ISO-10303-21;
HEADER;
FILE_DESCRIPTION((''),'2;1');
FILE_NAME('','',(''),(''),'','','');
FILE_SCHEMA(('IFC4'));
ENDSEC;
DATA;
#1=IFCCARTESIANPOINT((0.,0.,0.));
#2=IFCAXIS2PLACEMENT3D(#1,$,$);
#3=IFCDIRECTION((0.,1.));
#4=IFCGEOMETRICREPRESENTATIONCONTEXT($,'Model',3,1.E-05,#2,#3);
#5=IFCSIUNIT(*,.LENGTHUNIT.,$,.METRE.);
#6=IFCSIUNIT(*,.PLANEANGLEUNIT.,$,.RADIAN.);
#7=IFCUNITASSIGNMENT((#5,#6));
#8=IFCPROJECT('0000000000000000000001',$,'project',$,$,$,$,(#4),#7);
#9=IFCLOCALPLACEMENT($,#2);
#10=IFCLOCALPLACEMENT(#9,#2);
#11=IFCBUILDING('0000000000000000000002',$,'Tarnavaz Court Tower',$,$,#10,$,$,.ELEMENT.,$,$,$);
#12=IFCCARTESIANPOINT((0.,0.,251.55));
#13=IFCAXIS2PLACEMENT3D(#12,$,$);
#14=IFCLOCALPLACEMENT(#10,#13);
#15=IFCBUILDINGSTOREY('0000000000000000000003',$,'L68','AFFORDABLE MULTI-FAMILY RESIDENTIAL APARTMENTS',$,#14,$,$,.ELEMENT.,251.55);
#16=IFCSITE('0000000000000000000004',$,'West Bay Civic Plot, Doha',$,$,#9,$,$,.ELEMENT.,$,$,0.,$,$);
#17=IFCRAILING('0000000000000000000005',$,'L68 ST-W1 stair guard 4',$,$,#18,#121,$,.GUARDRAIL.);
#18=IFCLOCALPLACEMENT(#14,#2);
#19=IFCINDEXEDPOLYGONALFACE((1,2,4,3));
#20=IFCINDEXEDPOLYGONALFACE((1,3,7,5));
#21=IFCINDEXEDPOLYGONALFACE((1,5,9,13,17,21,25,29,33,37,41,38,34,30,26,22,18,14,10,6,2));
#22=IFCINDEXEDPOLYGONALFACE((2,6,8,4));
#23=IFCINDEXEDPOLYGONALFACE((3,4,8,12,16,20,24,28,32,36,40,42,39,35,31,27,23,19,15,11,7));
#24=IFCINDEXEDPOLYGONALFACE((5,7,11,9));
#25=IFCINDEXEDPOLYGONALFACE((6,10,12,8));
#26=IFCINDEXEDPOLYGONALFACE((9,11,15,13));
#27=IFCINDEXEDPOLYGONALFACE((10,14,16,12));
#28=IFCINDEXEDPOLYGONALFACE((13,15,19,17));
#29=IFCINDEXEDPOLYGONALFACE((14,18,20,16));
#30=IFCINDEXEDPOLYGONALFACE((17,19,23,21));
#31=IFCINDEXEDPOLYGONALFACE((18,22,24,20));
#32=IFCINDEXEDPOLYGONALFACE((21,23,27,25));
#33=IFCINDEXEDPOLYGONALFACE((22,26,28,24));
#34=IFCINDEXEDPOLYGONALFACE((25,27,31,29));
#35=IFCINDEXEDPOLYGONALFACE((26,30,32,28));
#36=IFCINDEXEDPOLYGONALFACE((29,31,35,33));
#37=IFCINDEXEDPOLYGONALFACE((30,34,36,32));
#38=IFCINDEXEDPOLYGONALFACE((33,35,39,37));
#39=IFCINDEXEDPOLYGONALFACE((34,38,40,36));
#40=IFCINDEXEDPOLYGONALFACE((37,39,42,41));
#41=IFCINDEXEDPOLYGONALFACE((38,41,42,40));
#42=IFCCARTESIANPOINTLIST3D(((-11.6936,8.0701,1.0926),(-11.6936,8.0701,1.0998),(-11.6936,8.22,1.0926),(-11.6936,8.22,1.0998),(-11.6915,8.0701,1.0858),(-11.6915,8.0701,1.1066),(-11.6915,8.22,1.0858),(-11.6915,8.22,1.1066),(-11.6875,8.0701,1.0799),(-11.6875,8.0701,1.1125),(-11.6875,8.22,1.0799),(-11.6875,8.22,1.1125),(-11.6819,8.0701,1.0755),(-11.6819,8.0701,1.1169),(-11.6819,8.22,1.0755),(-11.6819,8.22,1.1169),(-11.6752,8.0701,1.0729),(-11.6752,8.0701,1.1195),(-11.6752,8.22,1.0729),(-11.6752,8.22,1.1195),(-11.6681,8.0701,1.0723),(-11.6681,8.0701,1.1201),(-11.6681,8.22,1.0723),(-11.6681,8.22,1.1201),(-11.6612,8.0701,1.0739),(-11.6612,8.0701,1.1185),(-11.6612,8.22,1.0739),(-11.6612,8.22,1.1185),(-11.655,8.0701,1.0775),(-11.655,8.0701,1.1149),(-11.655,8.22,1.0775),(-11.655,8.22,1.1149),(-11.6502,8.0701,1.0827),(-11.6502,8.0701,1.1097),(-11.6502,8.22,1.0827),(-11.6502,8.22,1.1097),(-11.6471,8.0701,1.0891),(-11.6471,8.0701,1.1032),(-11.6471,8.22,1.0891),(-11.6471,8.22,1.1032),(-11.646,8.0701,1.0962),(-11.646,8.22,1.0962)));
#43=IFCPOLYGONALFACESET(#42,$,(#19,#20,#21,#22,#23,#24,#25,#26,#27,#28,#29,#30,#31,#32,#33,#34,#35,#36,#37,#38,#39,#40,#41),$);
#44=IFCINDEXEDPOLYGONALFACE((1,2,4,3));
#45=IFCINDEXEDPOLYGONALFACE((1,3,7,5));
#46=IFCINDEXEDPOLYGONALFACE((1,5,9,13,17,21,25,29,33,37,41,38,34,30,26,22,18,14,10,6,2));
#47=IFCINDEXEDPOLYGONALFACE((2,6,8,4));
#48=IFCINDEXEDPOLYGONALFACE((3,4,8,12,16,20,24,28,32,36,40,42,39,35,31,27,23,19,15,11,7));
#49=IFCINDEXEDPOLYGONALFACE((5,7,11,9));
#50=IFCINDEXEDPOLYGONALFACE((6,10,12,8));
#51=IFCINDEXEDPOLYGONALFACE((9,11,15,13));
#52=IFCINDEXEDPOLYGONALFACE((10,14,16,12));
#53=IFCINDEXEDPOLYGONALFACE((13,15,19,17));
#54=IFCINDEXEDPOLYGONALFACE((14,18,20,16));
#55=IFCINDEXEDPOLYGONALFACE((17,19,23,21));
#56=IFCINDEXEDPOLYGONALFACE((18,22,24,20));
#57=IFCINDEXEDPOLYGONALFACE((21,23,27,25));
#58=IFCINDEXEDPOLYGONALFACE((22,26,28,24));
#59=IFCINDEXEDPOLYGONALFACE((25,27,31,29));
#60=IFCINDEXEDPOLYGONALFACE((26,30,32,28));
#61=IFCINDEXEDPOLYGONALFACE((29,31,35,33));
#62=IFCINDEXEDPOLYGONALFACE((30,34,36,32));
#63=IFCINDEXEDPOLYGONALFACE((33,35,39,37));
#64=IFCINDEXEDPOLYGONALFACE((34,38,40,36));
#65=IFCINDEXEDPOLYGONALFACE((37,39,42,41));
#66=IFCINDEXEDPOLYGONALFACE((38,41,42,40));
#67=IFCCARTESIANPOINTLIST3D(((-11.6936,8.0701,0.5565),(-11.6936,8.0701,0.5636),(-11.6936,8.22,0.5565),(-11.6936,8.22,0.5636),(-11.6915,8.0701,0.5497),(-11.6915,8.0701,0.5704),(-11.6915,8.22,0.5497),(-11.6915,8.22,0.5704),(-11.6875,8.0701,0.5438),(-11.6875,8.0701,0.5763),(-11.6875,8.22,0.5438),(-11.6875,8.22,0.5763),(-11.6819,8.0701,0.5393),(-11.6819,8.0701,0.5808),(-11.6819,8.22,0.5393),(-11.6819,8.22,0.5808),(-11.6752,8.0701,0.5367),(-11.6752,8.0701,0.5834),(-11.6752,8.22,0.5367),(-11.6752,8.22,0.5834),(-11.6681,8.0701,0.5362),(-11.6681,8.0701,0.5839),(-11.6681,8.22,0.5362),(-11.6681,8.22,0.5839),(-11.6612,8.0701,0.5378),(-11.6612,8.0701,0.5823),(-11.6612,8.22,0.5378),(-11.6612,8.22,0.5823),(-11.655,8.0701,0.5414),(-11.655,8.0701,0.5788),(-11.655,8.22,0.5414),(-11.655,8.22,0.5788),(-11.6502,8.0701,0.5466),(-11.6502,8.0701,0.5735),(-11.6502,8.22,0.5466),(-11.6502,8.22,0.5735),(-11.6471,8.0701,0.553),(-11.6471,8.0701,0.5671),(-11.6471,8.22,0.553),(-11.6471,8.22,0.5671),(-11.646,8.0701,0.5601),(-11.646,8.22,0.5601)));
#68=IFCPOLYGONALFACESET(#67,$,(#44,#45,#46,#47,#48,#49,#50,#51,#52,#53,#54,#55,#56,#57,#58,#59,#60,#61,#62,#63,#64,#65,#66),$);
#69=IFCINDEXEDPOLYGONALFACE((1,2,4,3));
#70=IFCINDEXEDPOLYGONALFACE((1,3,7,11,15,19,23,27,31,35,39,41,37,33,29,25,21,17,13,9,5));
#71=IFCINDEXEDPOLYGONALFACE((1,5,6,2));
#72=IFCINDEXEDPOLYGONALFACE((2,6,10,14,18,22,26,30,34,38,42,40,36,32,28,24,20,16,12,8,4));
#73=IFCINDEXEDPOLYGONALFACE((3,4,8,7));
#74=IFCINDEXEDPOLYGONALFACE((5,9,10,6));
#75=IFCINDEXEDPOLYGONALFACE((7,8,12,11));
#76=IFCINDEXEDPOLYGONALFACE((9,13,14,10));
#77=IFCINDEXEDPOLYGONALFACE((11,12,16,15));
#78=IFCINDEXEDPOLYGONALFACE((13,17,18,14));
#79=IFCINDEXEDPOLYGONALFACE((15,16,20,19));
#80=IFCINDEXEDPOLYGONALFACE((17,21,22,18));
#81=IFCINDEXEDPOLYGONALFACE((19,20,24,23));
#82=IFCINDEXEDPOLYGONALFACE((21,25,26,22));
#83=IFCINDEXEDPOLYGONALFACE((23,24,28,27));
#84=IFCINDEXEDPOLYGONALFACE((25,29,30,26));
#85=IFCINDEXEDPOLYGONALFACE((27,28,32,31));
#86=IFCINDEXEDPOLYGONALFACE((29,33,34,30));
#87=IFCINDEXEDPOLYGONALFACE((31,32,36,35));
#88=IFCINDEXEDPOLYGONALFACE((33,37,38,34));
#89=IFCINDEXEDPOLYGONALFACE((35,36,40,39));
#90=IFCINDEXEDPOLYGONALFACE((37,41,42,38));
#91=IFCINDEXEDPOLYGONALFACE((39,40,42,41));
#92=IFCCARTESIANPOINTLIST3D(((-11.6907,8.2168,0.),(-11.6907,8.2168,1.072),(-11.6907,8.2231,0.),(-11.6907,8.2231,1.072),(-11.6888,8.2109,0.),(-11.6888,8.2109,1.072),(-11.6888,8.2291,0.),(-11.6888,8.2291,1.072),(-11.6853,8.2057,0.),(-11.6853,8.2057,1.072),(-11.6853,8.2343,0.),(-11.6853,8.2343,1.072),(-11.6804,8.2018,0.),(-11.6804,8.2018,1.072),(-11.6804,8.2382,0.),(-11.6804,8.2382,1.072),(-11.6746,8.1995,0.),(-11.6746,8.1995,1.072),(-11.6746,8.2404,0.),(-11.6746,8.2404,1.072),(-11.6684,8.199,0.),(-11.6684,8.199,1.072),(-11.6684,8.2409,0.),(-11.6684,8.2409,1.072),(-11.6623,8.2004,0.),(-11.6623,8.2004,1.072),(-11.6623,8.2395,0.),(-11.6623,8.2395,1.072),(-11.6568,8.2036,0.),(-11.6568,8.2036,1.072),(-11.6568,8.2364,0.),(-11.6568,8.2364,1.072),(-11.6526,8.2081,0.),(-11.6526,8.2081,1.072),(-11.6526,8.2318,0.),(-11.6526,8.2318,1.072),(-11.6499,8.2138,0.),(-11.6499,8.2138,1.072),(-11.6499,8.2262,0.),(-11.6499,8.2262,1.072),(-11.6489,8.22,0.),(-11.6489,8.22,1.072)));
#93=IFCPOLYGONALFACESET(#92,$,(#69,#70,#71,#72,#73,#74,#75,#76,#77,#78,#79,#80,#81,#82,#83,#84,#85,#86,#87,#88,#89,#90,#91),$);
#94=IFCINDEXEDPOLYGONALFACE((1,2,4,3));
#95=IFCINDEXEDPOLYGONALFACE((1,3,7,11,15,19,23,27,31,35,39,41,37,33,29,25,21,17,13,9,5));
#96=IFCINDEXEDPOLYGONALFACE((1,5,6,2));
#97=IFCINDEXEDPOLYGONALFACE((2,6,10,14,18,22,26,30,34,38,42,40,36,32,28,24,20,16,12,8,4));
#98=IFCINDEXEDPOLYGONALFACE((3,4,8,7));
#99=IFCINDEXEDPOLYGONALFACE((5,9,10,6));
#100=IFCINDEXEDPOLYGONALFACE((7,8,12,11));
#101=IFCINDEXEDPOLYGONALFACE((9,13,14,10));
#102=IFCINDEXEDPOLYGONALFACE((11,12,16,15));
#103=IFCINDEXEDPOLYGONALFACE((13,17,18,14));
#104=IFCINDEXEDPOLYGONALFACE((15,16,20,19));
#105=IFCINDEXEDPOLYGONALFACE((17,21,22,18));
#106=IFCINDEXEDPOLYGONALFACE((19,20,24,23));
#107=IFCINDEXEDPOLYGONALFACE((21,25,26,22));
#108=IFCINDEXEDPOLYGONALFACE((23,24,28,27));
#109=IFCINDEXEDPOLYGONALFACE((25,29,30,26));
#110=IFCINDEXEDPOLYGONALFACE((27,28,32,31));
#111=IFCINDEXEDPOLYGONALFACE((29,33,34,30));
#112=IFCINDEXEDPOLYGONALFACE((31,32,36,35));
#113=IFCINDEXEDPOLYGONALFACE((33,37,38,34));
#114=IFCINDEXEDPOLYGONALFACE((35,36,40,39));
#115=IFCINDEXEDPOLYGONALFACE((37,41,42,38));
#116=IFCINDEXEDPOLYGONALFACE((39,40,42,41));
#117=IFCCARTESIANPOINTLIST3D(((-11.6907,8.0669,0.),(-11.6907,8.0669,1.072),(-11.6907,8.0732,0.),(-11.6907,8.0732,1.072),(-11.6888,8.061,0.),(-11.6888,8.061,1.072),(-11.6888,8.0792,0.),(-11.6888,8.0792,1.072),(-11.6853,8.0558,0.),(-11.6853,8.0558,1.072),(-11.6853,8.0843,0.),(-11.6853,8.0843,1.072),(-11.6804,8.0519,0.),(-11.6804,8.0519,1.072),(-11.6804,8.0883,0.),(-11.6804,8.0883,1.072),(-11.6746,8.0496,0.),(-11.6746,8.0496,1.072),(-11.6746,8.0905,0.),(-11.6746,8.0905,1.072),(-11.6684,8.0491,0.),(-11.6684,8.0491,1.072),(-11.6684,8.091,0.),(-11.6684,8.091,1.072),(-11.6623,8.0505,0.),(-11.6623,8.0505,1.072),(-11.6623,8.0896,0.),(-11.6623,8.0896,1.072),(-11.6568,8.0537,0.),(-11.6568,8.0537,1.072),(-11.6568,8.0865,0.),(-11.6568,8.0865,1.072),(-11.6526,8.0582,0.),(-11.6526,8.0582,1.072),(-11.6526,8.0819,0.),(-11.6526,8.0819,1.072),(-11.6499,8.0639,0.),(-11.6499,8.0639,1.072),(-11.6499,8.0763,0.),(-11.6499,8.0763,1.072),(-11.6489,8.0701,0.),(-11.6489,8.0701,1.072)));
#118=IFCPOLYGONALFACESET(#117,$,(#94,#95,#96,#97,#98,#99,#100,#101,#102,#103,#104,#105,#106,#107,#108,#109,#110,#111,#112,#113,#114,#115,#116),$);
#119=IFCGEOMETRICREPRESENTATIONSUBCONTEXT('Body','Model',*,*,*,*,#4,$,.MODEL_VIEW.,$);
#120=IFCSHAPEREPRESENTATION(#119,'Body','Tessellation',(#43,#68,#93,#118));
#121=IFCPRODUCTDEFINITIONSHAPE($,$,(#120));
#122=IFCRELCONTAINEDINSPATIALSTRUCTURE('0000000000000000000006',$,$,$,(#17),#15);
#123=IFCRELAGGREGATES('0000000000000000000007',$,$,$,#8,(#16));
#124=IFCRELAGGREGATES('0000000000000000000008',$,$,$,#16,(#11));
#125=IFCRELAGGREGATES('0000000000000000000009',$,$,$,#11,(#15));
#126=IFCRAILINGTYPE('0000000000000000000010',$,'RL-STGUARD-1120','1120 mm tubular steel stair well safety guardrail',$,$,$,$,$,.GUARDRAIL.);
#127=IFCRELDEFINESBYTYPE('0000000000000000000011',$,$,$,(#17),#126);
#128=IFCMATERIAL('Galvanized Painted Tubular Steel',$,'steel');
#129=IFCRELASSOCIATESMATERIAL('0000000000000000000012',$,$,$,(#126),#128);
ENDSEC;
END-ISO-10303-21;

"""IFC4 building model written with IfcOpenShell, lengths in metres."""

from ifc_helpers import new_model, si_unit, direction, frame, origin, origin_2d, place, context, subcontext, project, spatial, circle, extrude, material, type_object, element, save


model = new_model("IFC4")

# Units and contexts
model_context = context("Model", 3, precision=1e-05, world=origin(), true_north=direction((0.0, 1.0)))
body_context = subcontext(model_context, "Body", "Model", "MODEL_VIEW")
ifc_project = project(units=[si_unit("LENGTHUNIT", "METRE"), si_unit("PLANEANGLEUNIT", "RADIAN")], contexts=[model_context])

# Site, building, storey
site_placement = place(None, origin())
site = spatial("IfcSite", under=ifc_project, at=site_placement, Name="West Bay Civic Plot, Doha", CompositionType="ELEMENT", RefElevation=0.0)
building_placement = place(site_placement, origin())
building = spatial("IfcBuilding", under=site, at=building_placement, Name="Tarnavaz Court Tower", CompositionType="ELEMENT")
storey_placement = place(building_placement, frame((0.0, 0.0, 251.55)))
storey = spatial("IfcBuildingStorey", under=building, at=storey_placement, Name="L68", Description="AFFORDABLE MULTI-FAMILY RESIDENTIAL APARTMENTS", CompositionType="ELEMENT", Elevation=251.55)

# Railing
ifc_material_1 = material(Name="Galvanized Painted Tubular Steel", Category="steel")
railing_type_1 = type_object("IfcRailingType", Name="RL-STGUARD-1120", Description="1120 mm tubular steel stair well safety guardrail", PredefinedType="GUARDRAIL", material=ifc_material_1)
railing_1_placement = place(storey_placement, frame((-11.6699, 8.22, 0.0)))
element("IfcRailing", 1, at=railing_1_placement, inside=storey, type_object=railing_type_1, Name="L68 ST-W1 stair guard 4", PredefinedType="GUARDRAIL", context=body_context, shape_type="SweptSolid", body=[
    extrude(circle(Radius=0.0239, at=origin_2d()), frame((0.0, 0.0, 1.0962), z_axis=(0.0, -1.0, 0.0), x_axis=(1.0, 0.0, 0.0)), (0.0, 0.0, 1.0), 0.1499),
    extrude(circle(Radius=0.0239, at=origin_2d()), frame((0.0, 0.0, 0.5601), z_axis=(0.0, -1.0, 0.0), x_axis=(1.0, 0.0, 0.0)), (0.0, 0.0, 1.0), 0.1499),
    extrude(circle(Radius=0.021, at=origin_2d()), origin(), (0.0, 0.0, 1.0), 1.072),
    extrude(circle(Radius=0.021, at=origin_2d()), frame((0.0, -0.1499, 0.0)), (0.0, 0.0, 1.0), 1.072),
])

save(model, "model.ifc")
